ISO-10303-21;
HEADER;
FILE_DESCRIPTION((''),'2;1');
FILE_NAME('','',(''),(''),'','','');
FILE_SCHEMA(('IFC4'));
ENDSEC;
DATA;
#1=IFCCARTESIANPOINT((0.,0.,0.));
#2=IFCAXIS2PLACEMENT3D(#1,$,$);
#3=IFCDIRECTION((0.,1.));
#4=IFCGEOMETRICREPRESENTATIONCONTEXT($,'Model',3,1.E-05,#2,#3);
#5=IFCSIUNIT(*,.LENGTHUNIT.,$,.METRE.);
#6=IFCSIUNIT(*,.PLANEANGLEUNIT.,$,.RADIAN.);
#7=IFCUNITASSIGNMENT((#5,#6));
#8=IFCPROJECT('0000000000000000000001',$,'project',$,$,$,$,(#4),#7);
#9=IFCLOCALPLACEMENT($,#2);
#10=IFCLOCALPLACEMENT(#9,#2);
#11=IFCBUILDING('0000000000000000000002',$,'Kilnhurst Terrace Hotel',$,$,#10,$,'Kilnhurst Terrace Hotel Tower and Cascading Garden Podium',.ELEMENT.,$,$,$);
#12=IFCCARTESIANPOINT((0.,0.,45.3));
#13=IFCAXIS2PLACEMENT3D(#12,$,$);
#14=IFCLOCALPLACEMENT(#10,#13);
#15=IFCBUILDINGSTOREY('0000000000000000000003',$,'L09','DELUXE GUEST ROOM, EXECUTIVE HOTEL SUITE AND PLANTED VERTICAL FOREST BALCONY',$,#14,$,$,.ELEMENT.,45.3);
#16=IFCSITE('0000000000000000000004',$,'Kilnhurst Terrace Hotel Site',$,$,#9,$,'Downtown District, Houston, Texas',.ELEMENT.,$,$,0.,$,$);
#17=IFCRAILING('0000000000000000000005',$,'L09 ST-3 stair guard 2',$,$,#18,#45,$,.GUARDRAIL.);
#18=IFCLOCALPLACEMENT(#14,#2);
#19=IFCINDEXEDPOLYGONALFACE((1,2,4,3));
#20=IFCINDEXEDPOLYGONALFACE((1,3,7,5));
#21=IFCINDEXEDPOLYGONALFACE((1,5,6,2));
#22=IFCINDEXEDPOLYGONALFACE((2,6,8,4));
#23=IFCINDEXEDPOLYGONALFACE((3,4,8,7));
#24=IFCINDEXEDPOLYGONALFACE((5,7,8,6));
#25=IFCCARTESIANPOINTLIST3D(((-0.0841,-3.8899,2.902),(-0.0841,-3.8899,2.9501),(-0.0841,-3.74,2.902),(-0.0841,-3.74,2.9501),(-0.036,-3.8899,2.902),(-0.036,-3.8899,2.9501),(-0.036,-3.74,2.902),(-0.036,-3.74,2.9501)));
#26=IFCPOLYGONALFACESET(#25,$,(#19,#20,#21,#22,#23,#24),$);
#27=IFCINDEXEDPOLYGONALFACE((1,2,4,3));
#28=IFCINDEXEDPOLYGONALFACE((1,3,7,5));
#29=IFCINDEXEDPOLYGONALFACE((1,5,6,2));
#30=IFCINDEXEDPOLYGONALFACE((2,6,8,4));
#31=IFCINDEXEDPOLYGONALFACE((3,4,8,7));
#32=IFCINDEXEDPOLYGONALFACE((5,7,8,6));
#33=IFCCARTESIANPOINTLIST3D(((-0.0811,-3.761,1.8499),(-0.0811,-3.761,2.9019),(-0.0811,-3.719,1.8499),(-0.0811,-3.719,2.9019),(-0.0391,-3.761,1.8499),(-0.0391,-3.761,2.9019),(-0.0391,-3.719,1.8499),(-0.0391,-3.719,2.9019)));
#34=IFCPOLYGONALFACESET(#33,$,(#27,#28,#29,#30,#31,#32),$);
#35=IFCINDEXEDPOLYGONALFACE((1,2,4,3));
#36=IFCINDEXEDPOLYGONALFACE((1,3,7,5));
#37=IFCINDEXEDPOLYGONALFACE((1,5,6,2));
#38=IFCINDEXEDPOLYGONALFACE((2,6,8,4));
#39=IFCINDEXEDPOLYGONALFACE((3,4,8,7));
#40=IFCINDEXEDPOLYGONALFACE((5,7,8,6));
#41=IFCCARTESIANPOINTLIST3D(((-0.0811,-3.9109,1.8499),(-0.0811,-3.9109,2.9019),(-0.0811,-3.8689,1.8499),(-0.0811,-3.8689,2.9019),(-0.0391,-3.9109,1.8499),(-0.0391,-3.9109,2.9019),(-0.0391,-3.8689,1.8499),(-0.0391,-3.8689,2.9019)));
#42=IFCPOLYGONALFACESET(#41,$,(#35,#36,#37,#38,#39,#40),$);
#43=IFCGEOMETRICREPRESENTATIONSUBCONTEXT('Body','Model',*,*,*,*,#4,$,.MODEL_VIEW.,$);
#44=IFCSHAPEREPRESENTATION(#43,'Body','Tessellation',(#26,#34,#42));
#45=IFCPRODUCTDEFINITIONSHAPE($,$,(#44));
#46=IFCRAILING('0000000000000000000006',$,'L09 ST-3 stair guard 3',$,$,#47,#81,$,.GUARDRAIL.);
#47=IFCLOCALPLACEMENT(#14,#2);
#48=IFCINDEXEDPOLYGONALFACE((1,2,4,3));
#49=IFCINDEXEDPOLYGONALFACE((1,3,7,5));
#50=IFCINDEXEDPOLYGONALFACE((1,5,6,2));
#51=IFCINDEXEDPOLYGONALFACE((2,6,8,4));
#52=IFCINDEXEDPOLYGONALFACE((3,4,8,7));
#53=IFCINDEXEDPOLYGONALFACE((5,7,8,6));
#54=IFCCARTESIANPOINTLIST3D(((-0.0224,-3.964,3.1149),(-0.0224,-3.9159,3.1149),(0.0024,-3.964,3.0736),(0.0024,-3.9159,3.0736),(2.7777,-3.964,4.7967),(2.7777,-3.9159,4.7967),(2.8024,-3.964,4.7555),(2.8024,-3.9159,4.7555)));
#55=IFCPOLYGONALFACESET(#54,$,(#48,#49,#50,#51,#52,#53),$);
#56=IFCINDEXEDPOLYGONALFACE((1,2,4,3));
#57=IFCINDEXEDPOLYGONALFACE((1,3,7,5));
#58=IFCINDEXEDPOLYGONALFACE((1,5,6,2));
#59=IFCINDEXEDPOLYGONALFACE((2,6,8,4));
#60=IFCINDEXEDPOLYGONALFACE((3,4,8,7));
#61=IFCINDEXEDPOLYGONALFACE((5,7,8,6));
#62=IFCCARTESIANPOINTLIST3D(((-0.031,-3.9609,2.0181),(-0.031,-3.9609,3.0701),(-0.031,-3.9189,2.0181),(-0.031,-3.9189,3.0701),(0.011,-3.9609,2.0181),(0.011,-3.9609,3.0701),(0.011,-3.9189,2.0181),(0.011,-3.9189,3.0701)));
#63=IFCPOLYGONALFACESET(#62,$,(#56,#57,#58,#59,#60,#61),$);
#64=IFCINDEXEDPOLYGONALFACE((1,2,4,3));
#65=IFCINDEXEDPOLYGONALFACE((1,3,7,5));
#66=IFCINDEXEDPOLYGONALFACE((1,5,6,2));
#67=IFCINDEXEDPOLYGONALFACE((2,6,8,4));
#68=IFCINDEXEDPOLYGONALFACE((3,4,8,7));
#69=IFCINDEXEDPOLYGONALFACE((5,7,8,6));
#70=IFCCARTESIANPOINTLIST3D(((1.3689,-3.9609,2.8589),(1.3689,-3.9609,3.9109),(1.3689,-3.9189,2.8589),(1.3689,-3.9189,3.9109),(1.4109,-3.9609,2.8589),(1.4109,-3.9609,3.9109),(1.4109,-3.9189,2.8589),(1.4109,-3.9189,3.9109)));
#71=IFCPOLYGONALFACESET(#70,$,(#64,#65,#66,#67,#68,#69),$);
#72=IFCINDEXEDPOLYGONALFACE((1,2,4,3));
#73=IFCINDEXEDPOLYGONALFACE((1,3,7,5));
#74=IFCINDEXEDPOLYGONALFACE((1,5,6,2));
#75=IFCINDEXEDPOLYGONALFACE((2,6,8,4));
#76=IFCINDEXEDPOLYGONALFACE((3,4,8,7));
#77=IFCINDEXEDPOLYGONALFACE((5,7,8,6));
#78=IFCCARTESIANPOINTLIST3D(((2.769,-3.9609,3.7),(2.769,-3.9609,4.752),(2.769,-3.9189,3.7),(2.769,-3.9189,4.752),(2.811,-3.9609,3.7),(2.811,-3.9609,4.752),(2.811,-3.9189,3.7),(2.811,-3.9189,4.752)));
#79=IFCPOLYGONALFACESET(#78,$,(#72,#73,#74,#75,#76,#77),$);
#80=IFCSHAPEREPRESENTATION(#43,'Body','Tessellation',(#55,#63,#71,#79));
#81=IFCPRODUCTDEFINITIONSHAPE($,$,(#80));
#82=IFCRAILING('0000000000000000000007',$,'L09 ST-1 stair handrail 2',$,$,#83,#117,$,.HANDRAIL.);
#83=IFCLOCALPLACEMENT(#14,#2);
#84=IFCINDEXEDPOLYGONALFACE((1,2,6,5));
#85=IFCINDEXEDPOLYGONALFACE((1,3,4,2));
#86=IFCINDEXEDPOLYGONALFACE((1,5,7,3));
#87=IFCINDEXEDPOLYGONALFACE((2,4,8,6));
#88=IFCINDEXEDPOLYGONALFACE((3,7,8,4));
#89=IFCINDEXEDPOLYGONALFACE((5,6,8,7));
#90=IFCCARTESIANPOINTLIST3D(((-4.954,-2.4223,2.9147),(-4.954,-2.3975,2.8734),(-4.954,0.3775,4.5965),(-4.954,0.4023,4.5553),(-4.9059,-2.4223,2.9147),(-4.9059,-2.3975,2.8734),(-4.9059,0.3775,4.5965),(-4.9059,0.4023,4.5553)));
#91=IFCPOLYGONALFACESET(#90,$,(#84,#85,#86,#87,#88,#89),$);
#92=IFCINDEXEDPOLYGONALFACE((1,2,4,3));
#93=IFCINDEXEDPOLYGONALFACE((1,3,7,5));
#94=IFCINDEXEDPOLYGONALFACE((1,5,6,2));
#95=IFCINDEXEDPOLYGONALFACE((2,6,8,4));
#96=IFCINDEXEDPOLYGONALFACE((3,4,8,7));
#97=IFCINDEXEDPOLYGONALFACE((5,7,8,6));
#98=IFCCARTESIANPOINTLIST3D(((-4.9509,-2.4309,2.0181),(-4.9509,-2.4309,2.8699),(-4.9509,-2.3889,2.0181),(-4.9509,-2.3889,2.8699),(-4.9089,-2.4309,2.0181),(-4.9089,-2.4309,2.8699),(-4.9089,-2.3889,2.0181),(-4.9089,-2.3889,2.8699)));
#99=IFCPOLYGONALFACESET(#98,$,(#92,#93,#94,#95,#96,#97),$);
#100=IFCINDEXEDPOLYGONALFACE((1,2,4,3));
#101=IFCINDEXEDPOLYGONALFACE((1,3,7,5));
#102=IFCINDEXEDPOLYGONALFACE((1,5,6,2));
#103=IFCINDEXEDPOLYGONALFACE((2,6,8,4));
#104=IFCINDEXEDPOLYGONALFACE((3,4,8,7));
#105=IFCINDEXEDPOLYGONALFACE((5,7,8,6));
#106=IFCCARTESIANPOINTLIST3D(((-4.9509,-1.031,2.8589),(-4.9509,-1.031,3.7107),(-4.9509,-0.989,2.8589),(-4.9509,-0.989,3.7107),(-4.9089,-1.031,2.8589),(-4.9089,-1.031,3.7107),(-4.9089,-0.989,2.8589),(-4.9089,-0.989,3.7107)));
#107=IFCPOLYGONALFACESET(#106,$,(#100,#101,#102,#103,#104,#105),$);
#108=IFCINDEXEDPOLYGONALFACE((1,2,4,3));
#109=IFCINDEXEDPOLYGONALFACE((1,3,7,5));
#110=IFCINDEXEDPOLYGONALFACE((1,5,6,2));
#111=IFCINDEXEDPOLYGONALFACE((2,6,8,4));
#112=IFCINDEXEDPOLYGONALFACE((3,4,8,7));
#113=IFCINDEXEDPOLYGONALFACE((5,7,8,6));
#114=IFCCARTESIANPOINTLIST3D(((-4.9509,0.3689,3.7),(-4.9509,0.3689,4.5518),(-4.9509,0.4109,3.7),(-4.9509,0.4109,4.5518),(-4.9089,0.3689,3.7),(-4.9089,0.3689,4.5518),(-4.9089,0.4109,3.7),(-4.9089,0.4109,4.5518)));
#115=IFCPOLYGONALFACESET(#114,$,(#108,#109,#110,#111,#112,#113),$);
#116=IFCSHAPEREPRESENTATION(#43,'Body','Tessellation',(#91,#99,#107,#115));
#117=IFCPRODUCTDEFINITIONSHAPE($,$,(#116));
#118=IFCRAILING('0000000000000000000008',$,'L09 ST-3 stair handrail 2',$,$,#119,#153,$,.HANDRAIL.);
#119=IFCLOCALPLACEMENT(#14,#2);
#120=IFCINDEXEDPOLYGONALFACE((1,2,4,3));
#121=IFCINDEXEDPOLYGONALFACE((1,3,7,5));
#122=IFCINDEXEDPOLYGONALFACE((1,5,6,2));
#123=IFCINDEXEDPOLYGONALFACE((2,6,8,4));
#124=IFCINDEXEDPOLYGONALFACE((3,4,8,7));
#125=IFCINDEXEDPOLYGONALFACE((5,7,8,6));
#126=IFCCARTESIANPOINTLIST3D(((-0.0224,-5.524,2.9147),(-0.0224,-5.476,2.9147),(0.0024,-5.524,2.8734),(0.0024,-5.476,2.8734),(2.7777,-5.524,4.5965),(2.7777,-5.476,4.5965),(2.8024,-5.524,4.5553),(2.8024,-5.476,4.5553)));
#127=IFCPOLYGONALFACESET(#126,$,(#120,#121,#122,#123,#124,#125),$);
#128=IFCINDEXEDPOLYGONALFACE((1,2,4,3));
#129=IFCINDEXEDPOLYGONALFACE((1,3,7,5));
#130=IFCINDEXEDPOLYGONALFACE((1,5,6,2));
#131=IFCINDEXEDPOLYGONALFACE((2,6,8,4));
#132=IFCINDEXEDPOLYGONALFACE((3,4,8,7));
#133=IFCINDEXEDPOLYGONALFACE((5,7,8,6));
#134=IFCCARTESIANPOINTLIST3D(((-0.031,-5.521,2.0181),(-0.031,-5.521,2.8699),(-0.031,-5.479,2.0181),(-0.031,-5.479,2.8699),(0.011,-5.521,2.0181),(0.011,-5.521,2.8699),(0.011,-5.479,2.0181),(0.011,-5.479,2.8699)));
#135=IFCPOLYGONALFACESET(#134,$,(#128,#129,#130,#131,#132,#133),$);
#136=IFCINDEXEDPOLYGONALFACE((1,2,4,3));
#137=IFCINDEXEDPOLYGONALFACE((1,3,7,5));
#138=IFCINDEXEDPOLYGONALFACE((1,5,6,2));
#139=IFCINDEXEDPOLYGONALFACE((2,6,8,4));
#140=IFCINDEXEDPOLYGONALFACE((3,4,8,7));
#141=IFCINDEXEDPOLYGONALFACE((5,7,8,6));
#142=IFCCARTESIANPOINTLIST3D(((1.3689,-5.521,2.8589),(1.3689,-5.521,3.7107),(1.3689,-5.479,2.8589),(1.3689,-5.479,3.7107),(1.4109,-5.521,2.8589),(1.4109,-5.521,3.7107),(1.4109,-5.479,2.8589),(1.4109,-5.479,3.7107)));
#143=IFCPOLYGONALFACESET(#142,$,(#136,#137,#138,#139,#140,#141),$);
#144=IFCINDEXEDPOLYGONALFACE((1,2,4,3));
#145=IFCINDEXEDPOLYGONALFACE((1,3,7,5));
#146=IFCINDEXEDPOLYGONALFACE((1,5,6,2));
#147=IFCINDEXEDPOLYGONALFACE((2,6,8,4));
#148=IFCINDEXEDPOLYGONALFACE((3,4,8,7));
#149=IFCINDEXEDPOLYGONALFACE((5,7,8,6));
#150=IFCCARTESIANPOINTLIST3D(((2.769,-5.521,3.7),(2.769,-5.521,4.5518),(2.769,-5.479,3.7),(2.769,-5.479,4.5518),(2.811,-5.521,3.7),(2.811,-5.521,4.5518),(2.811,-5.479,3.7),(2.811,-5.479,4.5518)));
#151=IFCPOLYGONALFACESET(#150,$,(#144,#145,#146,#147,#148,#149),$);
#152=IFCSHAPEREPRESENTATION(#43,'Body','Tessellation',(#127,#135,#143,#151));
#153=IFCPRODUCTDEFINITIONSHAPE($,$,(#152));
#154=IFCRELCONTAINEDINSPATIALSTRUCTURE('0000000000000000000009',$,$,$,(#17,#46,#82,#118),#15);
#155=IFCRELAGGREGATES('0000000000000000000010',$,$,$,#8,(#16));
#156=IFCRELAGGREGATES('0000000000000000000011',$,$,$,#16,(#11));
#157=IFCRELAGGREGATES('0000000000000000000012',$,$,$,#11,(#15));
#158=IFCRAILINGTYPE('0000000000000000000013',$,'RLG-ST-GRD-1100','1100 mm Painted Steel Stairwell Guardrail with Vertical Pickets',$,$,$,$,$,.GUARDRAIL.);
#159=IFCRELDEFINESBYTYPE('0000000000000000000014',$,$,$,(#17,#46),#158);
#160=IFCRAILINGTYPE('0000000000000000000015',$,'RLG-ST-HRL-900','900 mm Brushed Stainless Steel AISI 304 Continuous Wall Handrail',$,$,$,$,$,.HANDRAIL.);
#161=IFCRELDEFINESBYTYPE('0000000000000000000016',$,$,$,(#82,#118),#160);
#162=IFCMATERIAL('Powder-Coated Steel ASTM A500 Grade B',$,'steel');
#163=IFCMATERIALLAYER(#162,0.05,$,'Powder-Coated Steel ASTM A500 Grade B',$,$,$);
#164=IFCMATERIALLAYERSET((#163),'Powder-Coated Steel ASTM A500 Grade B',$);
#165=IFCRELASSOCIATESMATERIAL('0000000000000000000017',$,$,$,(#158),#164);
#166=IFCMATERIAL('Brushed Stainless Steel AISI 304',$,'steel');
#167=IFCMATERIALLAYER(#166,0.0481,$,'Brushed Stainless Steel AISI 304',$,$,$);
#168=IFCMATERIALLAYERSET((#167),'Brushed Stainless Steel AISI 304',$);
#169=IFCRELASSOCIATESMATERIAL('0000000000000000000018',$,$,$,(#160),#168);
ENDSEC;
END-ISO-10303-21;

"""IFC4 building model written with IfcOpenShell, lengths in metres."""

from ifc_helpers import new_model, si_unit, direction, frame, origin, origin_2d, place, context, subcontext, project, spatial, rectangle, extrude, material, layer, layer_set, type_object, element, save


model = new_model("IFC4")

# Units and contexts
model_context = context("Model", 3, precision=1e-05, world=origin(), true_north=direction((0.0, 1.0)))
body_context = subcontext(model_context, "Body", "Model", "MODEL_VIEW")
ifc_project = project(units=[si_unit("LENGTHUNIT", "METRE"), si_unit("PLANEANGLEUNIT", "RADIAN")], contexts=[model_context])

# Site, building, storey
site_placement = place(None, origin())
site = spatial("IfcSite", under=ifc_project, at=site_placement, Name="Kilnhurst Terrace Hotel Site", LongName="Downtown District, Houston, Texas", CompositionType="ELEMENT", RefElevation=0.0)
building_placement = place(site_placement, origin())
building = spatial("IfcBuilding", under=site, at=building_placement, Name="Kilnhurst Terrace Hotel", LongName="Kilnhurst Terrace Hotel Tower and Cascading Garden Podium", CompositionType="ELEMENT")
storey_placement = place(building_placement, frame((0.0, 0.0, 45.3)))
storey = spatial("IfcBuildingStorey", under=building, at=storey_placement, Name="L09", Description="DELUXE GUEST ROOM, EXECUTIVE HOTEL SUITE AND PLANTED VERTICAL FOREST BALCONY", CompositionType="ELEMENT", Elevation=45.3)

# Railings
ifc_material_1 = material(Name="Powder-Coated Steel ASTM A500 Grade B", Category="steel")
ifc_layer_1 = layer(ifc_material_1, 0.05, Name="Powder-Coated Steel ASTM A500 Grade B")
ifc_layer_set_1 = layer_set([ifc_layer_1], Name="Powder-Coated Steel ASTM A500 Grade B")
railing_type_1 = type_object("IfcRailingType", Name="RLG-ST-GRD-1100", Description="1100 mm Painted Steel Stairwell Guardrail with Vertical Pickets", PredefinedType="GUARDRAIL", material=ifc_layer_set_1)
railing_1_placement = place(storey_placement, frame((-0.0601, -3.74, 1.8499)))
element("IfcRailing", 1, at=railing_1_placement, inside=storey, type_object=railing_type_1, Name="L09 ST-3 stair guard 2", PredefinedType="GUARDRAIL", context=body_context, shape_type="SweptSolid", body=[
    extrude(rectangle(XDim=0.0481, YDim=0.0481, at=origin_2d()), frame((0.0, 0.0, 1.0762), z_axis=(0.0, -1.0, 0.0), x_axis=(1.0, 0.0, 0.0)), (0.0, 0.0, 1.0), 0.1499),
    extrude(rectangle(XDim=0.042, YDim=0.042, at=origin_2d()), origin(), (0.0, 0.0, 1.0), 1.052),
    extrude(rectangle(XDim=0.042, YDim=0.042, at=origin_2d()), frame((0.0, -0.1499, 0.0)), (0.0, 0.0, 1.0), 1.052),
])
railing_2_placement = place(storey_placement, frame((-0.01, -3.9399, 2.0181)))
element("IfcRailing", 2, at=railing_2_placement, inside=storey, type_object=railing_type_1, Name="L09 ST-3 stair guard 3", PredefinedType="GUARDRAIL", context=body_context, shape_type="SweptSolid", body=[
    extrude(rectangle(XDim=0.0481, YDim=0.0481, at=origin_2d()), frame((0.0, 0.0, 1.0762), z_axis=(0.857242, 0.0, 0.514913), x_axis=(0.0, 1.0, 0.0)), (0.0, 0.0, 1.0), 3.2664),
    extrude(rectangle(XDim=0.042, YDim=0.042, at=origin_2d()), origin(), (0.0, 0.0, 1.0), 1.052),
    extrude(rectangle(XDim=0.042, YDim=0.042, at=origin_2d()), frame((1.3999, 0.0, 0.8408)), (0.0, 0.0, 1.0), 1.052),
    extrude(rectangle(XDim=0.042, YDim=0.042, at=origin_2d()), frame((2.8, 0.0, 1.6819)), (0.0, 0.0, 1.0), 1.052),
])
ifc_material_2 = material(Name="Brushed Stainless Steel AISI 304", Category="steel")
ifc_layer_2 = layer(ifc_material_2, 0.0481, Name="Brushed Stainless Steel AISI 304")
ifc_layer_set_2 = layer_set([ifc_layer_2], Name="Brushed Stainless Steel AISI 304")
railing_type_2 = type_object("IfcRailingType", Name="RLG-ST-HRL-900", Description="900 mm Brushed Stainless Steel AISI 304 Continuous Wall Handrail", PredefinedType="HANDRAIL", material=ifc_layer_set_2)
railing_3_placement = place(storey_placement, frame((-4.9299, -2.4099, 2.0181)))
element("IfcRailing", 3, at=railing_3_placement, inside=storey, type_object=railing_type_2, Name="L09 ST-1 stair handrail 2", PredefinedType="HANDRAIL", context=body_context, shape_type="SweptSolid", body=[
    extrude(rectangle(XDim=0.0481, YDim=0.0481, at=origin_2d()), frame((0.0, 0.0, 0.876), z_axis=(0.0, 0.857222, 0.514946), x_axis=(-1.0, 0.0, 0.0)), (0.0, 0.0, 1.0), 3.2661),
    extrude(rectangle(XDim=0.042, YDim=0.042, at=origin_2d()), origin(), (0.0, 0.0, 1.0), 0.8518),
    extrude(rectangle(XDim=0.042, YDim=0.042, at=origin_2d()), frame((0.0, 1.3999, 0.8408)), (0.0, 0.0, 1.0), 0.8518),
    extrude(rectangle(XDim=0.042, YDim=0.042, at=origin_2d()), frame((0.0, 2.7998, 1.6819)), (0.0, 0.0, 1.0), 0.8518),
])
railing_4_placement = place(storey_placement, frame((-0.01, -5.5, 2.0181)))
element("IfcRailing", 4, at=railing_4_placement, inside=storey, type_object=railing_type_2, Name="L09 ST-3 stair handrail 2", PredefinedType="HANDRAIL", context=body_context, shape_type="SweptSolid", body=[
    extrude(rectangle(XDim=0.0481, YDim=0.0481, at=origin_2d()), frame((0.0, 0.0, 0.876), z_axis=(0.857242, 0.0, 0.514913), x_axis=(0.0, 1.0, 0.0)), (0.0, 0.0, 1.0), 3.2664),
    extrude(rectangle(XDim=0.042, YDim=0.042, at=origin_2d()), origin(), (0.0, 0.0, 1.0), 0.8518),
    extrude(rectangle(XDim=0.042, YDim=0.042, at=origin_2d()), frame((1.3999, 0.0, 0.8408)), (0.0, 0.0, 1.0), 0.8518),
    extrude(rectangle(XDim=0.042, YDim=0.042, at=origin_2d()), frame((2.8, 0.0, 1.6819)), (0.0, 0.0, 1.0), 0.8518),
])

save(model, "model.ifc")
